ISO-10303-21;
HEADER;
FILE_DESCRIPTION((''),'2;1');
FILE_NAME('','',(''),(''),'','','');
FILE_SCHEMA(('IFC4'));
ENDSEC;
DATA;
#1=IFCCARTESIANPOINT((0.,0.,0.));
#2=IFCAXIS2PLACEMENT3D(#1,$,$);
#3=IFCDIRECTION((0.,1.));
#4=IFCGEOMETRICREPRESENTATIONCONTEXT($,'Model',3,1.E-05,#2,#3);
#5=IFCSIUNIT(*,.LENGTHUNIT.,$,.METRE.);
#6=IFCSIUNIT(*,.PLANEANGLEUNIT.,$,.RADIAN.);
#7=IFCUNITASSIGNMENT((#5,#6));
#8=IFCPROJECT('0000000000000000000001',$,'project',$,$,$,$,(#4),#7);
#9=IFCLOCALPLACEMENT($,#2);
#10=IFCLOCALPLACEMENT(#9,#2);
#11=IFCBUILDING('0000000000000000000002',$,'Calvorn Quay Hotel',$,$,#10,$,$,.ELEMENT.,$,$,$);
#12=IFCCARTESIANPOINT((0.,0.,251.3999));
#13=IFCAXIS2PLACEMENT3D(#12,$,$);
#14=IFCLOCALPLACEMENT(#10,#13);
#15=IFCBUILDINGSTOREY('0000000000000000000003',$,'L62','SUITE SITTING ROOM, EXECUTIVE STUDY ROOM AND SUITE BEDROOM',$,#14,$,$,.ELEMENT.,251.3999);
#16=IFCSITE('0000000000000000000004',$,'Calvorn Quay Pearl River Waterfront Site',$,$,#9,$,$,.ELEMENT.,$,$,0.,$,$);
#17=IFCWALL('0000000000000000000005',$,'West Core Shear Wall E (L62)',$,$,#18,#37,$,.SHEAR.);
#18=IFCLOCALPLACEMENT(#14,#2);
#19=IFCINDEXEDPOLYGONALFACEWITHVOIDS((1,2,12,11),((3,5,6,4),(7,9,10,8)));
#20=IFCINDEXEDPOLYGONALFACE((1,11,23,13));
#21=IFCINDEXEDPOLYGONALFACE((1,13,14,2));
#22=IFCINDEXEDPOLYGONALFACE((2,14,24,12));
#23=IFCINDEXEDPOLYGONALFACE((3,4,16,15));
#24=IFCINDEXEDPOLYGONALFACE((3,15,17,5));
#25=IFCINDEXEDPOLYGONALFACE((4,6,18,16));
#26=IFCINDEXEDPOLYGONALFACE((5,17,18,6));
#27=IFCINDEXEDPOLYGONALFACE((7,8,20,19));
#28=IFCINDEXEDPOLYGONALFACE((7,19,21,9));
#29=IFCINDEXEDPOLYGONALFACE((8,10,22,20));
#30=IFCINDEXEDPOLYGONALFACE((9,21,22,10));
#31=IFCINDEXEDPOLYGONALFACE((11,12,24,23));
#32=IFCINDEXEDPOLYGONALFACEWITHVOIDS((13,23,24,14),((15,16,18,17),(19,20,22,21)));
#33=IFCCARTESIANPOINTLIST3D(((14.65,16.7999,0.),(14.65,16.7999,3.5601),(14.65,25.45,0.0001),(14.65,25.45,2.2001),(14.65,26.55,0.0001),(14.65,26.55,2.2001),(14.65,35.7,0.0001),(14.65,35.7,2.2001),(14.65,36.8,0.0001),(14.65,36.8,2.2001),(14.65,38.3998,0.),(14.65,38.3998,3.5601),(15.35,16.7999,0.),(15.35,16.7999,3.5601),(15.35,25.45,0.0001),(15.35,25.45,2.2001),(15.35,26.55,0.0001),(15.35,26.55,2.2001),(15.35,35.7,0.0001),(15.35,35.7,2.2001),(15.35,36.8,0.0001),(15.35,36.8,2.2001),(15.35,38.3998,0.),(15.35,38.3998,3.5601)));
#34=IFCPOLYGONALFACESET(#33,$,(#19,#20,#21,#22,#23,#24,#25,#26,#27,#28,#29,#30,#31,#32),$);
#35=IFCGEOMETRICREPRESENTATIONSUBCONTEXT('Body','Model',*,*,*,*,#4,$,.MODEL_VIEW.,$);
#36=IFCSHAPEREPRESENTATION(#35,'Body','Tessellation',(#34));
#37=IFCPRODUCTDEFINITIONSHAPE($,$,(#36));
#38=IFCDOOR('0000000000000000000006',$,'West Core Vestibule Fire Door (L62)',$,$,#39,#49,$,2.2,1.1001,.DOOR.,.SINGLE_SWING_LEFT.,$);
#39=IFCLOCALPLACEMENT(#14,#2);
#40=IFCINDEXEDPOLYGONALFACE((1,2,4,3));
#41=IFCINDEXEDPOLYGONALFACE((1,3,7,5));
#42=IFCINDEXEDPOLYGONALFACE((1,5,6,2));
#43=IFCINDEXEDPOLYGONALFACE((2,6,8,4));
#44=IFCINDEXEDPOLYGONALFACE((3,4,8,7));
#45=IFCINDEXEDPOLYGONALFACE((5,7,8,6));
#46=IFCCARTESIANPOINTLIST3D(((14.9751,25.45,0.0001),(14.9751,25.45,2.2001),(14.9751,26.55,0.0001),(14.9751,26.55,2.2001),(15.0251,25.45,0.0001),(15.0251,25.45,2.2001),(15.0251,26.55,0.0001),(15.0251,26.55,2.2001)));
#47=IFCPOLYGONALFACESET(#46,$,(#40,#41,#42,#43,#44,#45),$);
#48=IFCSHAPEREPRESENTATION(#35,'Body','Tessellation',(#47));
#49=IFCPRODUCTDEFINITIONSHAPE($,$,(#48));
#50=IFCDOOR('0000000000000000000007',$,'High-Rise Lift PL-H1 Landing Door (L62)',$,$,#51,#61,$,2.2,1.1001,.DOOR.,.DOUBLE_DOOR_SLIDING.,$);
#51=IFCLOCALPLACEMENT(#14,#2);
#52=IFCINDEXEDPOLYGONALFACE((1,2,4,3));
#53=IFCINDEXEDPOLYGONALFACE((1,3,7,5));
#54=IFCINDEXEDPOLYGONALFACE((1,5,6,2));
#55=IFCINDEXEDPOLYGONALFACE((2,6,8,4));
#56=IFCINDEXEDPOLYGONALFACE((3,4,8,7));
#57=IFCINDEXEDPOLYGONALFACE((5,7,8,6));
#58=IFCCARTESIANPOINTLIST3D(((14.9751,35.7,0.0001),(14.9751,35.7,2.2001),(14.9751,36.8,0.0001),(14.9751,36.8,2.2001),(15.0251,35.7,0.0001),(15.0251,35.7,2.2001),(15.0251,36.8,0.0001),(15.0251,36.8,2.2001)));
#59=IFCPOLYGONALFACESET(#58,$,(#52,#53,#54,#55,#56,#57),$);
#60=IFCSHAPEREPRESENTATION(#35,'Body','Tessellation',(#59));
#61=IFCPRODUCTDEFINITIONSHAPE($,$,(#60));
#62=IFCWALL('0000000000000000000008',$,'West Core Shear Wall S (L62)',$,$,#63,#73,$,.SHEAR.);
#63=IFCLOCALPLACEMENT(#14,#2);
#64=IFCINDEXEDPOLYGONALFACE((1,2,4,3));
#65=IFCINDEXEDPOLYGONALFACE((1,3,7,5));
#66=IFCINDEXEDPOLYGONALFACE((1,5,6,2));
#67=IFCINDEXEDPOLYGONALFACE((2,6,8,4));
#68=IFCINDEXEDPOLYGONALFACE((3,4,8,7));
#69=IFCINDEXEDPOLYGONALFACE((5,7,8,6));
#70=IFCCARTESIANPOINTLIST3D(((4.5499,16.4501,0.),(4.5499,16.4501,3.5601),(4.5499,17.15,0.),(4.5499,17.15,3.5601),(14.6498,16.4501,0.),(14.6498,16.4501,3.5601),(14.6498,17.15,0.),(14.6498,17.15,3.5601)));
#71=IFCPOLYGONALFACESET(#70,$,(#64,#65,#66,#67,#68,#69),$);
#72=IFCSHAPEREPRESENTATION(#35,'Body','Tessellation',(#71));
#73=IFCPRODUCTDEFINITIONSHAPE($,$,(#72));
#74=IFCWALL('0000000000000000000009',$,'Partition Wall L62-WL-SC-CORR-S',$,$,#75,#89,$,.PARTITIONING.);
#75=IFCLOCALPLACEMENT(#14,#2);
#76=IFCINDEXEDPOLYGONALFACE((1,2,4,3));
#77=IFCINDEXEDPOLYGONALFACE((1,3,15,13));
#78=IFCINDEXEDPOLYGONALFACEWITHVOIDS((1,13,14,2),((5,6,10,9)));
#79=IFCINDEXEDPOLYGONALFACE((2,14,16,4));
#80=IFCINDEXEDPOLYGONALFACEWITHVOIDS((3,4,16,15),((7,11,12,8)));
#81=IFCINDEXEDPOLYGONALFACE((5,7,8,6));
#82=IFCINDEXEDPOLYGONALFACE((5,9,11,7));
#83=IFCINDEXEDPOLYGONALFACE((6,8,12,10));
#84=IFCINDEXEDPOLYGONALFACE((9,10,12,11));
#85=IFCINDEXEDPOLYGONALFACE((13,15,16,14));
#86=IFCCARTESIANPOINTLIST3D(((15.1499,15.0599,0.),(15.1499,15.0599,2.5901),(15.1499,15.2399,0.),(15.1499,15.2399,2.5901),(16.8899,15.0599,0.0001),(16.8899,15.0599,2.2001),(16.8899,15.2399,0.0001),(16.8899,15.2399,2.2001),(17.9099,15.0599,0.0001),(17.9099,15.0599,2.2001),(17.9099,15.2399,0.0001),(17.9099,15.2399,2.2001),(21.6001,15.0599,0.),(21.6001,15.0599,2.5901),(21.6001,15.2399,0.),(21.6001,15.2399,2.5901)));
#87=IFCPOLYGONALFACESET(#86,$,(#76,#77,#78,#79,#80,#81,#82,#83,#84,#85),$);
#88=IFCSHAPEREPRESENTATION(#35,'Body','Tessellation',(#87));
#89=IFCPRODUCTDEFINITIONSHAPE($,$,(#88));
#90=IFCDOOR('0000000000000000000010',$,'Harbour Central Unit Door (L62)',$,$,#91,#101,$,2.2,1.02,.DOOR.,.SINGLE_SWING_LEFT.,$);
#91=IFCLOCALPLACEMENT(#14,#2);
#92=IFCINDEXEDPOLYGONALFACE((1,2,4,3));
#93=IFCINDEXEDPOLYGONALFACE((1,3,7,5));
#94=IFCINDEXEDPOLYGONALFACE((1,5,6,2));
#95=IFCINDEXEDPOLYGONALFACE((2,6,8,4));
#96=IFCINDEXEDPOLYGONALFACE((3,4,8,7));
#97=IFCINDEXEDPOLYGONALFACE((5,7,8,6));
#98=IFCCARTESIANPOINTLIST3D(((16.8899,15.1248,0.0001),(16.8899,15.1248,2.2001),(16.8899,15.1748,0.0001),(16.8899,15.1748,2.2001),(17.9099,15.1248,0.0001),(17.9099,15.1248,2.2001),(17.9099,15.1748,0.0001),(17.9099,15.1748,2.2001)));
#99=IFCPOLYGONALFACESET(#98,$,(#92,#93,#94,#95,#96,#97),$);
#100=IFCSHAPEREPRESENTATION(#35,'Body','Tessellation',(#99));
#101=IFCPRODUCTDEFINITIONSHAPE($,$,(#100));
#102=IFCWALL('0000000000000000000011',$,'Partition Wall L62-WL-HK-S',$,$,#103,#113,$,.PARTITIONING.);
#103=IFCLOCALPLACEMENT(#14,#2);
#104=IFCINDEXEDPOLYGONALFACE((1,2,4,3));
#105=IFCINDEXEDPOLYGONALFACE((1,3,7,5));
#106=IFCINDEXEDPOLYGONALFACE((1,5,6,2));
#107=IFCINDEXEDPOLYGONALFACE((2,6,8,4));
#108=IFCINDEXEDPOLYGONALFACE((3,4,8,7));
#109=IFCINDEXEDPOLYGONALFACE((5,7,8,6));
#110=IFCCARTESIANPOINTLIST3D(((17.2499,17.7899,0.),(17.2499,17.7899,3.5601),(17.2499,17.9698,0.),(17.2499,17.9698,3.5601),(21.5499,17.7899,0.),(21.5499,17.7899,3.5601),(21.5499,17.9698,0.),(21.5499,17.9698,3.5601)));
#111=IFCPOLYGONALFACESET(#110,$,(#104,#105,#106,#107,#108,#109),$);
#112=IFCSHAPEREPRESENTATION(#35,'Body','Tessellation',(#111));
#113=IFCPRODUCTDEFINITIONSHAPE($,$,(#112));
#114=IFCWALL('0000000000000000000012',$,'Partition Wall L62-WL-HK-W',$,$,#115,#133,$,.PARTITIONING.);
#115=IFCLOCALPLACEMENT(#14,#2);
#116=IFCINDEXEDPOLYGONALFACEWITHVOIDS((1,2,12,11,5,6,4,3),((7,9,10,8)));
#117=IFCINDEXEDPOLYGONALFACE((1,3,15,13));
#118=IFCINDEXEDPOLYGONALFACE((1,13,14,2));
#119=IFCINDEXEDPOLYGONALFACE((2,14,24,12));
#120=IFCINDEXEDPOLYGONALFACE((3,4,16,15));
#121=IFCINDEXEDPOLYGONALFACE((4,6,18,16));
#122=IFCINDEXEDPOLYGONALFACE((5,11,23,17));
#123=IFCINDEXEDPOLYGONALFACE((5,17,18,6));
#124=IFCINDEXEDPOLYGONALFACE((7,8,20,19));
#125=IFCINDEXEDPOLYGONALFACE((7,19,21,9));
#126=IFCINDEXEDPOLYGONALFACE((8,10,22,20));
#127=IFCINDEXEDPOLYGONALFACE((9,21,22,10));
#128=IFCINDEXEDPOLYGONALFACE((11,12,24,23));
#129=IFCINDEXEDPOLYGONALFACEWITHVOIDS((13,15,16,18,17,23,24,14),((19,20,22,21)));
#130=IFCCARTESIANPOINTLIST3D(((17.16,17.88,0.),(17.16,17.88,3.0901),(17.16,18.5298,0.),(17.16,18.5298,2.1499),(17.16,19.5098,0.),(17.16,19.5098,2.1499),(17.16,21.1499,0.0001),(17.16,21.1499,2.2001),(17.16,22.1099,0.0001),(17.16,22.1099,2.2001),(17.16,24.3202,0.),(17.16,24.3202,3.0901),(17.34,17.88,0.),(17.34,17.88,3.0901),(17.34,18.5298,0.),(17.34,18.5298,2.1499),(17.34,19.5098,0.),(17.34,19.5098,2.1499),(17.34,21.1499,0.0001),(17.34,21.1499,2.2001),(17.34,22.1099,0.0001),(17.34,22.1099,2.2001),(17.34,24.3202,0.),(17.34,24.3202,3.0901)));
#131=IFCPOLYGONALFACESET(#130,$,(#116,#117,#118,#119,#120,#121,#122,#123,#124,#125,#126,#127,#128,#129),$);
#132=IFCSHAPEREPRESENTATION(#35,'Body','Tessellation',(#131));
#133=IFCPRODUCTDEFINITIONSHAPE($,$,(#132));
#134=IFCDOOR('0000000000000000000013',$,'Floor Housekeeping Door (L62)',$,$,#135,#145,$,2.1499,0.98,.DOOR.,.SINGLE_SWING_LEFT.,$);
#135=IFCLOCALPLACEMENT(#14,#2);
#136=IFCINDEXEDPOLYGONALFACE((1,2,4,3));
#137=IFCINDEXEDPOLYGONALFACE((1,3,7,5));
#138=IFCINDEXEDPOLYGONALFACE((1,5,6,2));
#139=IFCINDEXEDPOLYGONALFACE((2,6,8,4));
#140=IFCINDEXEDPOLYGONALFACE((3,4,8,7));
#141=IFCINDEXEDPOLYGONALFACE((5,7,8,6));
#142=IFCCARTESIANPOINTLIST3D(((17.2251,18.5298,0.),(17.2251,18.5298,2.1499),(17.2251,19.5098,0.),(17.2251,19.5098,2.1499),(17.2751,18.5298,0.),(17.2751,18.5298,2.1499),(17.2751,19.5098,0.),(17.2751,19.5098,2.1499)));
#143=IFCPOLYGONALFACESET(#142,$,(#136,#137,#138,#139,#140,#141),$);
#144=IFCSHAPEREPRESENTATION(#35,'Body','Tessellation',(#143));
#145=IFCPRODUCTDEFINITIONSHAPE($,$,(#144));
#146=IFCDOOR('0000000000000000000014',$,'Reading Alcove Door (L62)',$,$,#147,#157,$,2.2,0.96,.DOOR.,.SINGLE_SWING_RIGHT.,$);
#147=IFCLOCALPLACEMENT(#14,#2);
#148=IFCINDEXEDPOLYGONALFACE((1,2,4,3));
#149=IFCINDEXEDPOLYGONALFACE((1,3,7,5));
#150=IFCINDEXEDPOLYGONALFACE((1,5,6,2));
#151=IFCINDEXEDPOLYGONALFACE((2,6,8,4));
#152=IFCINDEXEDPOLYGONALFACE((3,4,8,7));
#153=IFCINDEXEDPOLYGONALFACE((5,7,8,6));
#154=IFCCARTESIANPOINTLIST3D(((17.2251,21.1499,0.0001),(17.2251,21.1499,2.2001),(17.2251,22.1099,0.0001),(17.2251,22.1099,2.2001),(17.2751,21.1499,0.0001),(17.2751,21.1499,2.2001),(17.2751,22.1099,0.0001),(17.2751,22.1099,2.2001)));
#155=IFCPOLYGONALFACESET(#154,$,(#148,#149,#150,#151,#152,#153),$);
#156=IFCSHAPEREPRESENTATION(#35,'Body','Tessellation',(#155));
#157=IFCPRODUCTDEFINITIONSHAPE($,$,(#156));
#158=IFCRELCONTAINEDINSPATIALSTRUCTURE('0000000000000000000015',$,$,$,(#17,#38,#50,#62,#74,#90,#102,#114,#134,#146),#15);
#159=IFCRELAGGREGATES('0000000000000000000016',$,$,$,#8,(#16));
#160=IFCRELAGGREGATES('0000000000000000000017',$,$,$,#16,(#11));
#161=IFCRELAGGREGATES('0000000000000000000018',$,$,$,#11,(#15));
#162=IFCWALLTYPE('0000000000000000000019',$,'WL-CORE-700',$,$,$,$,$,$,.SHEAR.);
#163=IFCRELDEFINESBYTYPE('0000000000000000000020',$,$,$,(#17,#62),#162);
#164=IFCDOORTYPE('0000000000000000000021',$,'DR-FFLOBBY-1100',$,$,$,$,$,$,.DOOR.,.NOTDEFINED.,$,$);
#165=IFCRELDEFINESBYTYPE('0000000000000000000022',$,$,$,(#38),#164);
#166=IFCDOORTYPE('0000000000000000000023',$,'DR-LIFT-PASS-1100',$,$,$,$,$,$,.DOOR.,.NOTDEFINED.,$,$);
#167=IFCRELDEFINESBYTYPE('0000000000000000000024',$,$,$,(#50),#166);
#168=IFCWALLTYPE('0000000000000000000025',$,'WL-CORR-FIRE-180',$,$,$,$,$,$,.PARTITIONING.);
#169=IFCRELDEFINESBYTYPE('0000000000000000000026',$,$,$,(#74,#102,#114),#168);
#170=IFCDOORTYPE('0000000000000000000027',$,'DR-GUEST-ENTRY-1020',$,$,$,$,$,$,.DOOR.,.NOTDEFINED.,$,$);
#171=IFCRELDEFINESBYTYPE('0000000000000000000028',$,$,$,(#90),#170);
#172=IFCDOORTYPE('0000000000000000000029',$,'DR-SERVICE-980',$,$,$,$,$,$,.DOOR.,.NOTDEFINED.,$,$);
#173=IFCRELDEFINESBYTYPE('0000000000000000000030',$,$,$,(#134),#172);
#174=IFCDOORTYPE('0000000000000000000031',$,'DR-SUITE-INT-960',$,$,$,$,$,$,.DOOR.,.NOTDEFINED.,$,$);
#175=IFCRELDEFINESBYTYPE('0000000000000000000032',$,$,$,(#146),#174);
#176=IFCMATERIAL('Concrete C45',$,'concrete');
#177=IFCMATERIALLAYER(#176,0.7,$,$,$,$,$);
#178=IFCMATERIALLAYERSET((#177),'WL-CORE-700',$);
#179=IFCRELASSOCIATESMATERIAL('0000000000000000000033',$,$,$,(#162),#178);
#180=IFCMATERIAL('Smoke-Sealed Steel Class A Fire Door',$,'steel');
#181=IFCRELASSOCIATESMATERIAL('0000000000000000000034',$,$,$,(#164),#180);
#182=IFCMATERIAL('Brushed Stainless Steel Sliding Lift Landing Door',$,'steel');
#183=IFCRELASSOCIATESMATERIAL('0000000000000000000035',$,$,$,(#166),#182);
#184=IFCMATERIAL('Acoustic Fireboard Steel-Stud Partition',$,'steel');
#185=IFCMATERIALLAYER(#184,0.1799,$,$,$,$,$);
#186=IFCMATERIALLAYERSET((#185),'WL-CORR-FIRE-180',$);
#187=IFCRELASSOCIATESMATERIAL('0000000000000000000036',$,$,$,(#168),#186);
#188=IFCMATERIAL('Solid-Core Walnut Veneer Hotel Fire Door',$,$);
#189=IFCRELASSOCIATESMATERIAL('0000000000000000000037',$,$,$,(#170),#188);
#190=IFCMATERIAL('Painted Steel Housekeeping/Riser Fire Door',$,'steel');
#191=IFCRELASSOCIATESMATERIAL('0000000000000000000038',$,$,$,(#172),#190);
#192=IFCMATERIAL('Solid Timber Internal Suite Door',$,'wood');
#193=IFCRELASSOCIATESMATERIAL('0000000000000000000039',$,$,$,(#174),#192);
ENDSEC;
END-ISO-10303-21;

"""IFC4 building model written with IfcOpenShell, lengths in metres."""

from ifc_helpers import new_model, si_unit, direction, frame, frame_2d, origin, place, context, subcontext, project, spatial, rectangle, extrude, material, layer, layer_set, type_object, element, fill, save


model = new_model("IFC4")

# Units and contexts
model_context = context("Model", 3, precision=1e-05, world=origin(), true_north=direction((0.0, 1.0)))
body_context = subcontext(model_context, "Body", "Model", "MODEL_VIEW")
ifc_project = project(units=[si_unit("LENGTHUNIT", "METRE"), si_unit("PLANEANGLEUNIT", "RADIAN")], contexts=[model_context])

# Site, building, storey
site_placement = place(None, origin())
site = spatial("IfcSite", under=ifc_project, at=site_placement, Name="Calvorn Quay Pearl River Waterfront Site", CompositionType="ELEMENT", RefElevation=0.0)
building_placement = place(site_placement, origin())
building = spatial("IfcBuilding", under=site, at=building_placement, Name="Calvorn Quay Hotel", CompositionType="ELEMENT")
storey_placement = place(building_placement, frame((0.0, 0.0, 251.3999)))
storey = spatial("IfcBuildingStorey", under=building, at=storey_placement, Name="L62", Description="SUITE SITTING ROOM, EXECUTIVE STUDY ROOM AND SUITE BEDROOM", CompositionType="ELEMENT", Elevation=251.3999)

# Wall, openings, doors
ifc_material_1 = material(Name="Concrete C45", Category="concrete")
ifc_layer_1 = layer(ifc_material_1, 0.7)
ifc_layer_set_1 = layer_set([ifc_layer_1], Name="WL-CORE-700")
wall_type_1 = type_object("IfcWallType", Name="WL-CORE-700", PredefinedType="SHEAR", material=ifc_layer_set_1)
wall_1_placement = place(storey_placement, frame((15.0, 16.8, 0.0), z_axis=(0.0, 0.0, 1.0), x_axis=(0.0, 1.0, 0.0)))
wall_1 = element("IfcWall", 1, at=wall_1_placement, inside=storey, type_object=wall_type_1, Name="West Core Shear Wall E (L62)", PredefinedType="SHEAR", context=body_context, shape_type="SweptSolid", body=[
    extrude(rectangle(XDim=21.5999, YDim=0.7, at=frame_2d((10.7998, 0.0))), origin(), (0.0, 0.0, 1.0), 3.5601),
])
opening_1_placement = place(wall_1_placement, frame((8.6499, 0.0, 0.0)))
opening_1 = element("IfcOpeningElement", 2, at=opening_1_placement, cuts=wall_1, PredefinedType="OPENING", context=body_context, shape_type="SweptSolid", body=[
    extrude(rectangle(XDim=1.1001, YDim=2.2, at=frame_2d((0.55, 1.1001))), frame((0.0, 0.3599, 0.0), z_axis=(0.0, -1.0, 0.0), x_axis=(1.0, 0.0, 0.0)), (0.0, 0.0, 1.0), 0.72),
])
opening_2_placement = place(wall_1_placement, frame((18.8999, 0.0, 0.0)))
opening_2 = element("IfcOpeningElement", 3, at=opening_2_placement, cuts=wall_1, PredefinedType="OPENING", context=body_context, shape_type="SweptSolid", body=[
    extrude(rectangle(XDim=1.1001, YDim=2.2, at=frame_2d((0.55, 1.1001))), frame((0.0, 0.3599, 0.0), z_axis=(0.0, -1.0, 0.0), x_axis=(1.0, 0.0, 0.0)), (0.0, 0.0, 1.0), 0.72),
])
ifc_material_2 = material(Name="Smoke-Sealed Steel Class A Fire Door", Category="steel")
door_type_1 = type_object("IfcDoorType", Name="DR-FFLOBBY-1100", OperationType="NOTDEFINED", PredefinedType="DOOR", material=ifc_material_2)
door_1_placement = place(opening_1_placement, origin())
door_1 = element("IfcDoor", 4, at=door_1_placement, inside=storey, type_object=door_type_1, Name="West Core Vestibule Fire Door (L62)", OperationType="SINGLE_SWING_LEFT", OverallHeight=2.2, OverallWidth=1.1001, PredefinedType="DOOR", context=body_context, shape_type="SweptSolid", body=[
    extrude(rectangle(XDim=1.1001, YDim=2.2, at=frame_2d((0.55, 1.1001))), frame((0.0, 0.0249, 0.0), z_axis=(0.0, -1.0, 0.0), x_axis=(1.0, 0.0, 0.0)), (0.0, 0.0, 1.0), 0.05),
])
fill(opening_1, door_1)
ifc_material_3 = material(Name="Brushed Stainless Steel Sliding Lift Landing Door", Category="steel")
door_type_2 = type_object("IfcDoorType", Name="DR-LIFT-PASS-1100", OperationType="NOTDEFINED", PredefinedType="DOOR", material=ifc_material_3)
door_2_placement = place(opening_2_placement, origin())
door_2 = element("IfcDoor", 5, at=door_2_placement, inside=storey, type_object=door_type_2, Name="High-Rise Lift PL-H1 Landing Door (L62)", OperationType="DOUBLE_DOOR_SLIDING", OverallHeight=2.2, OverallWidth=1.1001, PredefinedType="DOOR", context=body_context, shape_type="SweptSolid", body=[
    extrude(rectangle(XDim=1.1001, YDim=2.2, at=frame_2d((0.55, 1.1001))), frame((0.0, 0.0249, 0.0), z_axis=(0.0, -1.0, 0.0), x_axis=(1.0, 0.0, 0.0)), (0.0, 0.0, 1.0), 0.05),
])
fill(opening_2, door_2)

# Wall
wall_2_placement = place(storey_placement, frame((4.55, 16.8, 0.0), z_axis=(0.0, 0.0, 1.0), x_axis=(1.0, 0.0, 0.0)))
element("IfcWall", 6, at=wall_2_placement, inside=storey, type_object=wall_type_1, Name="West Core Shear Wall S (L62)", PredefinedType="SHEAR", context=body_context, shape_type="SweptSolid", body=[
    extrude(rectangle(XDim=10.0999, YDim=0.7, at=frame_2d((5.0498, 0.0))), origin(), (0.0, 0.0, 1.0), 3.5601),
])

# Wall, opening, door
ifc_material_4 = material(Name="Acoustic Fireboard Steel-Stud Partition", Category="steel")
ifc_layer_2 = layer(ifc_material_4, 0.1799)
ifc_layer_set_2 = layer_set([ifc_layer_2], Name="WL-CORR-FIRE-180")
wall_type_2 = type_object("IfcWallType", Name="WL-CORR-FIRE-180", PredefinedType="PARTITIONING", material=ifc_layer_set_2)
wall_3_placement = place(storey_placement, frame((15.1499, 15.1499, 0.0), z_axis=(0.0, 0.0, 1.0), x_axis=(1.0, 0.0, 0.0)))
wall_3 = element("IfcWall", 7, at=wall_3_placement, inside=storey, type_object=wall_type_2, Name="Partition Wall L62-WL-SC-CORR-S", PredefinedType="PARTITIONING", context=body_context, shape_type="SweptSolid", body=[
    extrude(rectangle(XDim=6.4502, YDim=0.1799, at=frame_2d((3.2251, 0.0))), origin(), (0.0, 0.0, 1.0), 2.5901),
])
opening_3_placement = place(wall_3_placement, frame((1.74, 0.0, 0.0)))
opening_3 = element("IfcOpeningElement", 8, at=opening_3_placement, cuts=wall_3, PredefinedType="OPENING", context=body_context, shape_type="SweptSolid", body=[
    extrude(rectangle(XDim=1.02, YDim=2.2, at=frame_2d((0.51, 1.1001))), frame((0.0, 0.0999, 0.0), z_axis=(0.0, -1.0, 0.0), x_axis=(1.0, 0.0, 0.0)), (0.0, 0.0, 1.0), 0.2),
])
ifc_material_5 = material(Name="Solid-Core Walnut Veneer Hotel Fire Door")
door_type_3 = type_object("IfcDoorType", Name="DR-GUEST-ENTRY-1020", OperationType="NOTDEFINED", PredefinedType="DOOR", material=ifc_material_5)
door_3_placement = place(opening_3_placement, origin())
door_3 = element("IfcDoor", 9, at=door_3_placement, inside=storey, type_object=door_type_3, Name="Harbour Central Unit Door (L62)", OperationType="SINGLE_SWING_LEFT", OverallHeight=2.2, OverallWidth=1.02, PredefinedType="DOOR", context=body_context, shape_type="SweptSolid", body=[
    extrude(rectangle(XDim=1.02, YDim=2.2, at=frame_2d((0.51, 1.1001))), frame((0.0, 0.0249, 0.0), z_axis=(0.0, -1.0, 0.0), x_axis=(1.0, 0.0, 0.0)), (0.0, 0.0, 1.0), 0.05),
])
fill(opening_3, door_3)

# Wall
wall_4_placement = place(storey_placement, frame((17.25, 17.8799, 0.0), z_axis=(0.0, 0.0, 1.0), x_axis=(1.0, 0.0, 0.0)))
element("IfcWall", 10, at=wall_4_placement, inside=storey, type_object=wall_type_2, Name="Partition Wall L62-WL-HK-S", PredefinedType="PARTITIONING", context=body_context, shape_type="SweptSolid", body=[
    extrude(rectangle(XDim=4.3, YDim=0.1799, at=frame_2d((2.1499, 0.0))), origin(), (0.0, 0.0, 1.0), 3.5601),
])

# Wall, openings, doors
wall_5_placement = place(storey_placement, frame((17.25, 17.8799, 0.0), z_axis=(0.0, 0.0, 1.0), x_axis=(0.0, 1.0, 0.0)))
wall_5 = element("IfcWall", 11, at=wall_5_placement, inside=storey, type_object=wall_type_2, Name="Partition Wall L62-WL-HK-W", PredefinedType="PARTITIONING", context=body_context, shape_type="SweptSolid", body=[
    extrude(rectangle(XDim=6.4402, YDim=0.1799, at=frame_2d((3.2202, 0.0))), origin(), (0.0, 0.0, 1.0), 3.0901),
])
opening_4_placement = place(wall_5_placement, frame((0.6499, 0.0, 0.0)))
opening_4 = element("IfcOpeningElement", 12, at=opening_4_placement, cuts=wall_5, PredefinedType="OPENING", context=body_context, shape_type="SweptSolid", body=[
    extrude(rectangle(XDim=0.98, YDim=2.1499, at=frame_2d((0.49, 1.075))), frame((0.0, 0.0999, 0.0), z_axis=(0.0, -1.0, 0.0), x_axis=(1.0, 0.0, 0.0)), (0.0, 0.0, 1.0), 0.2),
])
opening_5_placement = place(wall_5_placement, frame((3.27, 0.0, 0.0)))
opening_5 = element("IfcOpeningElement", 13, at=opening_5_placement, cuts=wall_5, PredefinedType="OPENING", context=body_context, shape_type="SweptSolid", body=[
    extrude(rectangle(XDim=0.96, YDim=2.2, at=frame_2d((0.48, 1.1001))), frame((0.0, 0.0999, 0.0), z_axis=(0.0, -1.0, 0.0), x_axis=(1.0, 0.0, 0.0)), (0.0, 0.0, 1.0), 0.2),
])
ifc_material_6 = material(Name="Painted Steel Housekeeping/Riser Fire Door", Category="steel")
door_type_4 = type_object("IfcDoorType", Name="DR-SERVICE-980", OperationType="NOTDEFINED", PredefinedType="DOOR", material=ifc_material_6)
door_4_placement = place(opening_4_placement, origin())
door_4 = element("IfcDoor", 14, at=door_4_placement, inside=storey, type_object=door_type_4, Name="Floor Housekeeping Door (L62)", OperationType="SINGLE_SWING_LEFT", OverallHeight=2.1499, OverallWidth=0.98, PredefinedType="DOOR", context=body_context, shape_type="SweptSolid", body=[
    extrude(rectangle(XDim=0.98, YDim=2.1499, at=frame_2d((0.49, 1.075))), frame((0.0, 0.0249, 0.0), z_axis=(0.0, -1.0, 0.0), x_axis=(1.0, 0.0, 0.0)), (0.0, 0.0, 1.0), 0.05),
])
fill(opening_4, door_4)
ifc_material_7 = material(Name="Solid Timber Internal Suite Door", Category="wood")
door_type_5 = type_object("IfcDoorType", Name="DR-SUITE-INT-960", OperationType="NOTDEFINED", PredefinedType="DOOR", material=ifc_material_7)
door_5_placement = place(opening_5_placement, origin())
door_5 = element("IfcDoor", 15, at=door_5_placement, inside=storey, type_object=door_type_5, Name="Reading Alcove Door (L62)", OperationType="SINGLE_SWING_RIGHT", OverallHeight=2.2, OverallWidth=0.96, PredefinedType="DOOR", context=body_context, shape_type="SweptSolid", body=[
    extrude(rectangle(XDim=0.96, YDim=2.2, at=frame_2d((0.48, 1.1001))), frame((0.0, 0.0249, 0.0), z_axis=(0.0, -1.0, 0.0), x_axis=(1.0, 0.0, 0.0)), (0.0, 0.0, 1.0), 0.05),
])
fill(opening_5, door_5)

save(model, "model.ifc")
